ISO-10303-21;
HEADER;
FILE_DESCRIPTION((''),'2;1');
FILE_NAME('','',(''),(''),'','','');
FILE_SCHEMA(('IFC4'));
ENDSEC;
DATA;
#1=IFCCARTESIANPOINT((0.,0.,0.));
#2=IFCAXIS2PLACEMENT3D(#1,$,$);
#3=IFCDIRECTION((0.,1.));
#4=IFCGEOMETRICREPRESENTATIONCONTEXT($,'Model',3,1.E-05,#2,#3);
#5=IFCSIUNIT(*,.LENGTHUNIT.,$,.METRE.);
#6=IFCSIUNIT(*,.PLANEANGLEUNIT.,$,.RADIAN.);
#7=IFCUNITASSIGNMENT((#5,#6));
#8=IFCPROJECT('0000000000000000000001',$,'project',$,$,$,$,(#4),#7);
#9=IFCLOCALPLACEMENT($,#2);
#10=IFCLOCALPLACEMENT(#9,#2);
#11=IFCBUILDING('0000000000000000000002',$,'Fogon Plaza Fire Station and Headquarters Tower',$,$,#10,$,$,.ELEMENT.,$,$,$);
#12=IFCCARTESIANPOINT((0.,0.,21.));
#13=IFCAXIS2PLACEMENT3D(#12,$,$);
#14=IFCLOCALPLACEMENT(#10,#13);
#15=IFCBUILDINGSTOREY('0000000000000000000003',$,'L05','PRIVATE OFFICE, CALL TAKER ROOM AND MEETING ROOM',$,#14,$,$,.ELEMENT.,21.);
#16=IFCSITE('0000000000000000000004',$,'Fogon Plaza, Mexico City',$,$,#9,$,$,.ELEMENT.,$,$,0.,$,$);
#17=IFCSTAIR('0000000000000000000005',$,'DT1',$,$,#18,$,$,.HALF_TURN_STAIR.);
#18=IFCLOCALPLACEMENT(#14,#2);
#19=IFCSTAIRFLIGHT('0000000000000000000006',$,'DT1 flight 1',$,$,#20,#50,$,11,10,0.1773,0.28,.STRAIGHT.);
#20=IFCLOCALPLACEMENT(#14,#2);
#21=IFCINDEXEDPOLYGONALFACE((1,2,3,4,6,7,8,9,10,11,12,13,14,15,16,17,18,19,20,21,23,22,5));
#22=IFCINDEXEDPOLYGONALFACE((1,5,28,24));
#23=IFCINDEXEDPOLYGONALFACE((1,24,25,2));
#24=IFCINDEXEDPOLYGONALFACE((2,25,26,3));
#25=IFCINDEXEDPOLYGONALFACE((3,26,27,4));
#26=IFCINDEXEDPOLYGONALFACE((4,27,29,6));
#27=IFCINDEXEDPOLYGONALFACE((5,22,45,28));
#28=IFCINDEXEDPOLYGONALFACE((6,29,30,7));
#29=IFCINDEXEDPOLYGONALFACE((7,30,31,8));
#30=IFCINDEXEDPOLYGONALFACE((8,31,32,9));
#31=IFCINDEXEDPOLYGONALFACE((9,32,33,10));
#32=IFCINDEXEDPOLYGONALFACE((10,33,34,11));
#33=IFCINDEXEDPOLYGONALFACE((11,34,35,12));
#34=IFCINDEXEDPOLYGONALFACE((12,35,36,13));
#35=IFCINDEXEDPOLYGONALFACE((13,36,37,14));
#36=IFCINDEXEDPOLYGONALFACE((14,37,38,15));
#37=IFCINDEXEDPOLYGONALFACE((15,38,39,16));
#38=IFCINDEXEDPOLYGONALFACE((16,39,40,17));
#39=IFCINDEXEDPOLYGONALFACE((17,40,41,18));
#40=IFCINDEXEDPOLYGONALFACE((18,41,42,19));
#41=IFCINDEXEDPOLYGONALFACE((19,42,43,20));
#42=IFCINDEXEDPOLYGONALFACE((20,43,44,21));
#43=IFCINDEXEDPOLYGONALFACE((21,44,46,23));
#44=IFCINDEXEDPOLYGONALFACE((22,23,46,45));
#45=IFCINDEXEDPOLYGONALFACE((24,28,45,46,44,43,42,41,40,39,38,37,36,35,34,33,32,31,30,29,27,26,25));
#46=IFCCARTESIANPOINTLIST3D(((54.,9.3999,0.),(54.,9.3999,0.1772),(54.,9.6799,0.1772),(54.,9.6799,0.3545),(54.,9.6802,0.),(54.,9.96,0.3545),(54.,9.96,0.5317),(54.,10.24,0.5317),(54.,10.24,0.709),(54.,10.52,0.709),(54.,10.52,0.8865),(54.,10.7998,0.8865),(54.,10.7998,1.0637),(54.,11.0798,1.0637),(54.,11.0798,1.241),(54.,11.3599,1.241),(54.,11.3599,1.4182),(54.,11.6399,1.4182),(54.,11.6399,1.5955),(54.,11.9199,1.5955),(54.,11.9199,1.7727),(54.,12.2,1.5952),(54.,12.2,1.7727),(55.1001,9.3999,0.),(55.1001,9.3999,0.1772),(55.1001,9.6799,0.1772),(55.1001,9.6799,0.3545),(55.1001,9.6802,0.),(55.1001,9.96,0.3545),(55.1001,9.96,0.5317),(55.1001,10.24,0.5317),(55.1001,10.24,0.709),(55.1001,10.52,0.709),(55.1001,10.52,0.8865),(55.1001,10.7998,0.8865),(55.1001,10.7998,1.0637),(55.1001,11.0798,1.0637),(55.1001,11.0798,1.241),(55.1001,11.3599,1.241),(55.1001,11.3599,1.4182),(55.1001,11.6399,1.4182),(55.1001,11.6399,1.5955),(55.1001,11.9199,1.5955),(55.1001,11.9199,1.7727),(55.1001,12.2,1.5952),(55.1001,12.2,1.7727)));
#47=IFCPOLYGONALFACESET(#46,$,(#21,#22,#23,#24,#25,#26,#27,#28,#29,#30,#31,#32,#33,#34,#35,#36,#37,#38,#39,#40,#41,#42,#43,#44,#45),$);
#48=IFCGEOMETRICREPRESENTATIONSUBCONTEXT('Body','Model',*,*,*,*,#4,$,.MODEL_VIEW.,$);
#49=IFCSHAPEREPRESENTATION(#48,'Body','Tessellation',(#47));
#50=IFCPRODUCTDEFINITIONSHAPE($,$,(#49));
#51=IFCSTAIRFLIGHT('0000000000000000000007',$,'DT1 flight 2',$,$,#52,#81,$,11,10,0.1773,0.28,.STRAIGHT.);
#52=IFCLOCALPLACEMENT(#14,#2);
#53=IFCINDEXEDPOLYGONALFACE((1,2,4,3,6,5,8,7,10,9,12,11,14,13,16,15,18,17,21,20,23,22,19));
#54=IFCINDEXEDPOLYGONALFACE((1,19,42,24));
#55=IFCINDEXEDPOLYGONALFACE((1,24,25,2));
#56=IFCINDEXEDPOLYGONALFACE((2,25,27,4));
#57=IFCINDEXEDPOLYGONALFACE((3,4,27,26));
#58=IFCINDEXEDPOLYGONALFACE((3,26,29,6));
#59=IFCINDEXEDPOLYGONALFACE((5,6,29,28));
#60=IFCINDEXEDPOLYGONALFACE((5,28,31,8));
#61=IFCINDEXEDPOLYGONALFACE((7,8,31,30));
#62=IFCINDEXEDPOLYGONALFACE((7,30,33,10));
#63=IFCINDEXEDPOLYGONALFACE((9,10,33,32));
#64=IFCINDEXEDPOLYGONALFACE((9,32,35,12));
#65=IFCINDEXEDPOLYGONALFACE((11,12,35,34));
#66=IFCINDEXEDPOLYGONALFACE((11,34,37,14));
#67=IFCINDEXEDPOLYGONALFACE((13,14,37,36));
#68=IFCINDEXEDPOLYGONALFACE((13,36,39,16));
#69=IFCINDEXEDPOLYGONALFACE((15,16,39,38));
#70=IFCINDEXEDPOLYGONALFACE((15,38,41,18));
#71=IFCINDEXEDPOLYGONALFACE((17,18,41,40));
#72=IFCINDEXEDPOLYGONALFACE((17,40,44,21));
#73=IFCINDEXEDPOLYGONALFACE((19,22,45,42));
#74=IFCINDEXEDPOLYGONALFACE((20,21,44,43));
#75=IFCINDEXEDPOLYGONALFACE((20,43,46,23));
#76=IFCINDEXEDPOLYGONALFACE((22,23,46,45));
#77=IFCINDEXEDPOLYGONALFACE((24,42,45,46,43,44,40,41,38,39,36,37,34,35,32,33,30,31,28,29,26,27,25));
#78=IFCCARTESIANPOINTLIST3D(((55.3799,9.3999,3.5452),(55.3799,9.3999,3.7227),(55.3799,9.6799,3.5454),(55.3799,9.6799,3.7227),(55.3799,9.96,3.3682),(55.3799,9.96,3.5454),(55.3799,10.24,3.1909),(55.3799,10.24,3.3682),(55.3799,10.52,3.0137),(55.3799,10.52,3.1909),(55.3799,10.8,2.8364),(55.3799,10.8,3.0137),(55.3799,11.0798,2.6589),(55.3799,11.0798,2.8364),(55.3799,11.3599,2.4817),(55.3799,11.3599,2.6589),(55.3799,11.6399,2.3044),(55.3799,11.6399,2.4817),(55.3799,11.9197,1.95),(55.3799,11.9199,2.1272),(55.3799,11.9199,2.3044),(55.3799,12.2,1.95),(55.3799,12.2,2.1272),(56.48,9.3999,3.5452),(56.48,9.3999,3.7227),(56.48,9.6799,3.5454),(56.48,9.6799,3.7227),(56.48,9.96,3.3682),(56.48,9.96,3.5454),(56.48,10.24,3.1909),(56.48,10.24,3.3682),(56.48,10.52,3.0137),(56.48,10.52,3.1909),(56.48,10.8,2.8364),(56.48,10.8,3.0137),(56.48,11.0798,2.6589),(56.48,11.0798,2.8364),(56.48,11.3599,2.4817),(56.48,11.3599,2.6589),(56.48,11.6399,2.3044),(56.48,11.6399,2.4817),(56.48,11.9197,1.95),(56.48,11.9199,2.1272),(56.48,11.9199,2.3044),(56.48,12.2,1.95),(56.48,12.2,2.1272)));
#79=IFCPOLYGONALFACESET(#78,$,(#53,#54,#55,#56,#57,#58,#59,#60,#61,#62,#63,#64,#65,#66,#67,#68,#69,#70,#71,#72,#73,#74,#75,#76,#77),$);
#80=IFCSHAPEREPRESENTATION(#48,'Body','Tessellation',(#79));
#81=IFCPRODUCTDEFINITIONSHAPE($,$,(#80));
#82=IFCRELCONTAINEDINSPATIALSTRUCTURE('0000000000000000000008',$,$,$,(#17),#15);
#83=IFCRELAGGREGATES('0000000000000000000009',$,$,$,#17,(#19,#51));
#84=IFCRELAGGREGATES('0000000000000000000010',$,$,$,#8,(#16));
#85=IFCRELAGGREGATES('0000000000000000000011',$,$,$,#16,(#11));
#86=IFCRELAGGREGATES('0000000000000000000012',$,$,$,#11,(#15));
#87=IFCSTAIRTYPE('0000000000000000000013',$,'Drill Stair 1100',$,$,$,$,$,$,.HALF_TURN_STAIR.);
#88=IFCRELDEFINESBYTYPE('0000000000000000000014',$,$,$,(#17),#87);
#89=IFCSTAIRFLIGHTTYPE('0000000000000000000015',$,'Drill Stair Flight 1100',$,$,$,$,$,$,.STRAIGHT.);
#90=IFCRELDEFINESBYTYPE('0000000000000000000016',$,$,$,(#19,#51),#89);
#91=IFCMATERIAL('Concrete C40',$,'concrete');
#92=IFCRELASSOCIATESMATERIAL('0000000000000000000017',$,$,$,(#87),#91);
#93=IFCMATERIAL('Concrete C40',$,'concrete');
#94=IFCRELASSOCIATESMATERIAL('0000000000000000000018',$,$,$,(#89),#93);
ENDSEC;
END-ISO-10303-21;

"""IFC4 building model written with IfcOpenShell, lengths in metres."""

from ifc_helpers import new_model, si_unit, direction, frame, origin, place, context, subcontext, project, spatial, polyline, outline, extrude, material, type_object, element, aggregate, save


model = new_model("IFC4")

# Units and contexts
model_context = context("Model", 3, precision=1e-05, world=origin(), true_north=direction((0.0, 1.0)))
body_context = subcontext(model_context, "Body", "Model", "MODEL_VIEW")
ifc_project = project(units=[si_unit("LENGTHUNIT", "METRE"), si_unit("PLANEANGLEUNIT", "RADIAN")], contexts=[model_context])

# Site, building, storey
site_placement = place(None, origin())
site = spatial("IfcSite", under=ifc_project, at=site_placement, Name="Fogon Plaza, Mexico City", CompositionType="ELEMENT", RefElevation=0.0)
building_placement = place(site_placement, origin())
building = spatial("IfcBuilding", under=site, at=building_placement, Name="Fogon Plaza Fire Station and Headquarters Tower", CompositionType="ELEMENT")
storey_placement = place(building_placement, frame((0.0, 0.0, 21.0)))
storey = spatial("IfcBuildingStorey", under=building, at=storey_placement, Name="L05", Description="PRIVATE OFFICE, CALL TAKER ROOM AND MEETING ROOM", CompositionType="ELEMENT", Elevation=21.0)

# Stair, stair flights
ifc_material_1 = material(Name="Concrete C40", Category="concrete")
stair_type = type_object("IfcStairType", Name="Drill Stair 1100", PredefinedType="HALF_TURN_STAIR", material=ifc_material_1)
stair_placement = place(storey_placement, origin())
stair = element("IfcStair", 1, at=stair_placement, inside=storey, type_object=stair_type, Name="DT1", PredefinedType="HALF_TURN_STAIR")
ifc_material_2 = material(Name="Concrete C40", Category="concrete")
stair_flight_type = type_object("IfcStairFlightType", Name="Drill Stair Flight 1100", PredefinedType="STRAIGHT", material=ifc_material_2)
stair_flight_1_placement = place(storey_placement, frame((54.55, 9.3999, 0.0), z_axis=(0.0, 0.0, 1.0), x_axis=(0.0, 1.0, 0.0)))
stair_flight_1 = element("IfcStairFlight", 2, at=stair_flight_1_placement, type_object=stair_flight_type, Name="DT1 flight 1", NumberOfRisers=11, NumberOfTreads=10, PredefinedType="STRAIGHT", RiserHeight=0.1773, TreadLength=0.28, context=body_context, shape_type="SweptSolid", body=[
    extrude(outline(polyline([(0.0, 0.0), (0.0, 0.1772), (0.28, 0.1772), (0.28, 0.3545), (0.5601, 0.3545), (0.5601, 0.5317), (0.8401, 0.5317), (0.8401, 0.709), (1.1201, 0.709), (1.1201, 0.8865), (1.3999, 0.8865), (1.3999, 1.0637), (1.6799, 1.0637), (1.6799, 1.241), (1.96, 1.241), (1.96, 1.4182), (2.24, 1.4182), (2.24, 1.5955), (2.52, 1.5955), (2.52, 1.7727), (2.8, 1.7727), (2.8, 1.95), (2.8, 1.5952), (0.2803, 0.0), (0.0, 0.0)])), frame((0.0, 0.55, 0.0), z_axis=(0.0, -1.0, 0.0), x_axis=(1.0, 0.0, 0.0)), (0.0, 0.0, 1.0), 1.1001),
])
stair_flight_2_placement = place(storey_placement, frame((55.9299, 12.2, 1.95), z_axis=(0.0, 0.0, 1.0), x_axis=(0.0, -1.0, 0.0)))
stair_flight_2 = element("IfcStairFlight", 3, at=stair_flight_2_placement, type_object=stair_flight_type, Name="DT1 flight 2", NumberOfRisers=11, NumberOfTreads=10, PredefinedType="STRAIGHT", RiserHeight=0.1773, TreadLength=0.28, context=body_context, shape_type="SweptSolid", body=[
    extrude(outline(polyline([(0.0, 0.0), (0.0, 0.1772), (0.28, 0.1772), (0.28, 0.3545), (0.5601, 0.3545), (0.5601, 0.5317), (0.8401, 0.5317), (0.8401, 0.709), (1.1201, 0.709), (1.1201, 0.8865), (1.3999, 0.8865), (1.3999, 1.0637), (1.6799, 1.0637), (1.6799, 1.241), (1.96, 1.241), (1.96, 1.4182), (2.24, 1.4182), (2.24, 1.5955), (2.52, 1.5955), (2.52, 1.7727), (2.8, 1.7727), (2.8, 1.95), (2.8, 1.5952), (0.2803, 0.0), (0.0, 0.0)])), frame((0.0, 0.55, 0.0), z_axis=(0.0, -1.0, 0.0), x_axis=(1.0, 0.0, 0.0)), (0.0, 0.0, 1.0), 1.1001),
])
aggregate(stair, [stair_flight_1, stair_flight_2])

save(model, "model.ifc")
